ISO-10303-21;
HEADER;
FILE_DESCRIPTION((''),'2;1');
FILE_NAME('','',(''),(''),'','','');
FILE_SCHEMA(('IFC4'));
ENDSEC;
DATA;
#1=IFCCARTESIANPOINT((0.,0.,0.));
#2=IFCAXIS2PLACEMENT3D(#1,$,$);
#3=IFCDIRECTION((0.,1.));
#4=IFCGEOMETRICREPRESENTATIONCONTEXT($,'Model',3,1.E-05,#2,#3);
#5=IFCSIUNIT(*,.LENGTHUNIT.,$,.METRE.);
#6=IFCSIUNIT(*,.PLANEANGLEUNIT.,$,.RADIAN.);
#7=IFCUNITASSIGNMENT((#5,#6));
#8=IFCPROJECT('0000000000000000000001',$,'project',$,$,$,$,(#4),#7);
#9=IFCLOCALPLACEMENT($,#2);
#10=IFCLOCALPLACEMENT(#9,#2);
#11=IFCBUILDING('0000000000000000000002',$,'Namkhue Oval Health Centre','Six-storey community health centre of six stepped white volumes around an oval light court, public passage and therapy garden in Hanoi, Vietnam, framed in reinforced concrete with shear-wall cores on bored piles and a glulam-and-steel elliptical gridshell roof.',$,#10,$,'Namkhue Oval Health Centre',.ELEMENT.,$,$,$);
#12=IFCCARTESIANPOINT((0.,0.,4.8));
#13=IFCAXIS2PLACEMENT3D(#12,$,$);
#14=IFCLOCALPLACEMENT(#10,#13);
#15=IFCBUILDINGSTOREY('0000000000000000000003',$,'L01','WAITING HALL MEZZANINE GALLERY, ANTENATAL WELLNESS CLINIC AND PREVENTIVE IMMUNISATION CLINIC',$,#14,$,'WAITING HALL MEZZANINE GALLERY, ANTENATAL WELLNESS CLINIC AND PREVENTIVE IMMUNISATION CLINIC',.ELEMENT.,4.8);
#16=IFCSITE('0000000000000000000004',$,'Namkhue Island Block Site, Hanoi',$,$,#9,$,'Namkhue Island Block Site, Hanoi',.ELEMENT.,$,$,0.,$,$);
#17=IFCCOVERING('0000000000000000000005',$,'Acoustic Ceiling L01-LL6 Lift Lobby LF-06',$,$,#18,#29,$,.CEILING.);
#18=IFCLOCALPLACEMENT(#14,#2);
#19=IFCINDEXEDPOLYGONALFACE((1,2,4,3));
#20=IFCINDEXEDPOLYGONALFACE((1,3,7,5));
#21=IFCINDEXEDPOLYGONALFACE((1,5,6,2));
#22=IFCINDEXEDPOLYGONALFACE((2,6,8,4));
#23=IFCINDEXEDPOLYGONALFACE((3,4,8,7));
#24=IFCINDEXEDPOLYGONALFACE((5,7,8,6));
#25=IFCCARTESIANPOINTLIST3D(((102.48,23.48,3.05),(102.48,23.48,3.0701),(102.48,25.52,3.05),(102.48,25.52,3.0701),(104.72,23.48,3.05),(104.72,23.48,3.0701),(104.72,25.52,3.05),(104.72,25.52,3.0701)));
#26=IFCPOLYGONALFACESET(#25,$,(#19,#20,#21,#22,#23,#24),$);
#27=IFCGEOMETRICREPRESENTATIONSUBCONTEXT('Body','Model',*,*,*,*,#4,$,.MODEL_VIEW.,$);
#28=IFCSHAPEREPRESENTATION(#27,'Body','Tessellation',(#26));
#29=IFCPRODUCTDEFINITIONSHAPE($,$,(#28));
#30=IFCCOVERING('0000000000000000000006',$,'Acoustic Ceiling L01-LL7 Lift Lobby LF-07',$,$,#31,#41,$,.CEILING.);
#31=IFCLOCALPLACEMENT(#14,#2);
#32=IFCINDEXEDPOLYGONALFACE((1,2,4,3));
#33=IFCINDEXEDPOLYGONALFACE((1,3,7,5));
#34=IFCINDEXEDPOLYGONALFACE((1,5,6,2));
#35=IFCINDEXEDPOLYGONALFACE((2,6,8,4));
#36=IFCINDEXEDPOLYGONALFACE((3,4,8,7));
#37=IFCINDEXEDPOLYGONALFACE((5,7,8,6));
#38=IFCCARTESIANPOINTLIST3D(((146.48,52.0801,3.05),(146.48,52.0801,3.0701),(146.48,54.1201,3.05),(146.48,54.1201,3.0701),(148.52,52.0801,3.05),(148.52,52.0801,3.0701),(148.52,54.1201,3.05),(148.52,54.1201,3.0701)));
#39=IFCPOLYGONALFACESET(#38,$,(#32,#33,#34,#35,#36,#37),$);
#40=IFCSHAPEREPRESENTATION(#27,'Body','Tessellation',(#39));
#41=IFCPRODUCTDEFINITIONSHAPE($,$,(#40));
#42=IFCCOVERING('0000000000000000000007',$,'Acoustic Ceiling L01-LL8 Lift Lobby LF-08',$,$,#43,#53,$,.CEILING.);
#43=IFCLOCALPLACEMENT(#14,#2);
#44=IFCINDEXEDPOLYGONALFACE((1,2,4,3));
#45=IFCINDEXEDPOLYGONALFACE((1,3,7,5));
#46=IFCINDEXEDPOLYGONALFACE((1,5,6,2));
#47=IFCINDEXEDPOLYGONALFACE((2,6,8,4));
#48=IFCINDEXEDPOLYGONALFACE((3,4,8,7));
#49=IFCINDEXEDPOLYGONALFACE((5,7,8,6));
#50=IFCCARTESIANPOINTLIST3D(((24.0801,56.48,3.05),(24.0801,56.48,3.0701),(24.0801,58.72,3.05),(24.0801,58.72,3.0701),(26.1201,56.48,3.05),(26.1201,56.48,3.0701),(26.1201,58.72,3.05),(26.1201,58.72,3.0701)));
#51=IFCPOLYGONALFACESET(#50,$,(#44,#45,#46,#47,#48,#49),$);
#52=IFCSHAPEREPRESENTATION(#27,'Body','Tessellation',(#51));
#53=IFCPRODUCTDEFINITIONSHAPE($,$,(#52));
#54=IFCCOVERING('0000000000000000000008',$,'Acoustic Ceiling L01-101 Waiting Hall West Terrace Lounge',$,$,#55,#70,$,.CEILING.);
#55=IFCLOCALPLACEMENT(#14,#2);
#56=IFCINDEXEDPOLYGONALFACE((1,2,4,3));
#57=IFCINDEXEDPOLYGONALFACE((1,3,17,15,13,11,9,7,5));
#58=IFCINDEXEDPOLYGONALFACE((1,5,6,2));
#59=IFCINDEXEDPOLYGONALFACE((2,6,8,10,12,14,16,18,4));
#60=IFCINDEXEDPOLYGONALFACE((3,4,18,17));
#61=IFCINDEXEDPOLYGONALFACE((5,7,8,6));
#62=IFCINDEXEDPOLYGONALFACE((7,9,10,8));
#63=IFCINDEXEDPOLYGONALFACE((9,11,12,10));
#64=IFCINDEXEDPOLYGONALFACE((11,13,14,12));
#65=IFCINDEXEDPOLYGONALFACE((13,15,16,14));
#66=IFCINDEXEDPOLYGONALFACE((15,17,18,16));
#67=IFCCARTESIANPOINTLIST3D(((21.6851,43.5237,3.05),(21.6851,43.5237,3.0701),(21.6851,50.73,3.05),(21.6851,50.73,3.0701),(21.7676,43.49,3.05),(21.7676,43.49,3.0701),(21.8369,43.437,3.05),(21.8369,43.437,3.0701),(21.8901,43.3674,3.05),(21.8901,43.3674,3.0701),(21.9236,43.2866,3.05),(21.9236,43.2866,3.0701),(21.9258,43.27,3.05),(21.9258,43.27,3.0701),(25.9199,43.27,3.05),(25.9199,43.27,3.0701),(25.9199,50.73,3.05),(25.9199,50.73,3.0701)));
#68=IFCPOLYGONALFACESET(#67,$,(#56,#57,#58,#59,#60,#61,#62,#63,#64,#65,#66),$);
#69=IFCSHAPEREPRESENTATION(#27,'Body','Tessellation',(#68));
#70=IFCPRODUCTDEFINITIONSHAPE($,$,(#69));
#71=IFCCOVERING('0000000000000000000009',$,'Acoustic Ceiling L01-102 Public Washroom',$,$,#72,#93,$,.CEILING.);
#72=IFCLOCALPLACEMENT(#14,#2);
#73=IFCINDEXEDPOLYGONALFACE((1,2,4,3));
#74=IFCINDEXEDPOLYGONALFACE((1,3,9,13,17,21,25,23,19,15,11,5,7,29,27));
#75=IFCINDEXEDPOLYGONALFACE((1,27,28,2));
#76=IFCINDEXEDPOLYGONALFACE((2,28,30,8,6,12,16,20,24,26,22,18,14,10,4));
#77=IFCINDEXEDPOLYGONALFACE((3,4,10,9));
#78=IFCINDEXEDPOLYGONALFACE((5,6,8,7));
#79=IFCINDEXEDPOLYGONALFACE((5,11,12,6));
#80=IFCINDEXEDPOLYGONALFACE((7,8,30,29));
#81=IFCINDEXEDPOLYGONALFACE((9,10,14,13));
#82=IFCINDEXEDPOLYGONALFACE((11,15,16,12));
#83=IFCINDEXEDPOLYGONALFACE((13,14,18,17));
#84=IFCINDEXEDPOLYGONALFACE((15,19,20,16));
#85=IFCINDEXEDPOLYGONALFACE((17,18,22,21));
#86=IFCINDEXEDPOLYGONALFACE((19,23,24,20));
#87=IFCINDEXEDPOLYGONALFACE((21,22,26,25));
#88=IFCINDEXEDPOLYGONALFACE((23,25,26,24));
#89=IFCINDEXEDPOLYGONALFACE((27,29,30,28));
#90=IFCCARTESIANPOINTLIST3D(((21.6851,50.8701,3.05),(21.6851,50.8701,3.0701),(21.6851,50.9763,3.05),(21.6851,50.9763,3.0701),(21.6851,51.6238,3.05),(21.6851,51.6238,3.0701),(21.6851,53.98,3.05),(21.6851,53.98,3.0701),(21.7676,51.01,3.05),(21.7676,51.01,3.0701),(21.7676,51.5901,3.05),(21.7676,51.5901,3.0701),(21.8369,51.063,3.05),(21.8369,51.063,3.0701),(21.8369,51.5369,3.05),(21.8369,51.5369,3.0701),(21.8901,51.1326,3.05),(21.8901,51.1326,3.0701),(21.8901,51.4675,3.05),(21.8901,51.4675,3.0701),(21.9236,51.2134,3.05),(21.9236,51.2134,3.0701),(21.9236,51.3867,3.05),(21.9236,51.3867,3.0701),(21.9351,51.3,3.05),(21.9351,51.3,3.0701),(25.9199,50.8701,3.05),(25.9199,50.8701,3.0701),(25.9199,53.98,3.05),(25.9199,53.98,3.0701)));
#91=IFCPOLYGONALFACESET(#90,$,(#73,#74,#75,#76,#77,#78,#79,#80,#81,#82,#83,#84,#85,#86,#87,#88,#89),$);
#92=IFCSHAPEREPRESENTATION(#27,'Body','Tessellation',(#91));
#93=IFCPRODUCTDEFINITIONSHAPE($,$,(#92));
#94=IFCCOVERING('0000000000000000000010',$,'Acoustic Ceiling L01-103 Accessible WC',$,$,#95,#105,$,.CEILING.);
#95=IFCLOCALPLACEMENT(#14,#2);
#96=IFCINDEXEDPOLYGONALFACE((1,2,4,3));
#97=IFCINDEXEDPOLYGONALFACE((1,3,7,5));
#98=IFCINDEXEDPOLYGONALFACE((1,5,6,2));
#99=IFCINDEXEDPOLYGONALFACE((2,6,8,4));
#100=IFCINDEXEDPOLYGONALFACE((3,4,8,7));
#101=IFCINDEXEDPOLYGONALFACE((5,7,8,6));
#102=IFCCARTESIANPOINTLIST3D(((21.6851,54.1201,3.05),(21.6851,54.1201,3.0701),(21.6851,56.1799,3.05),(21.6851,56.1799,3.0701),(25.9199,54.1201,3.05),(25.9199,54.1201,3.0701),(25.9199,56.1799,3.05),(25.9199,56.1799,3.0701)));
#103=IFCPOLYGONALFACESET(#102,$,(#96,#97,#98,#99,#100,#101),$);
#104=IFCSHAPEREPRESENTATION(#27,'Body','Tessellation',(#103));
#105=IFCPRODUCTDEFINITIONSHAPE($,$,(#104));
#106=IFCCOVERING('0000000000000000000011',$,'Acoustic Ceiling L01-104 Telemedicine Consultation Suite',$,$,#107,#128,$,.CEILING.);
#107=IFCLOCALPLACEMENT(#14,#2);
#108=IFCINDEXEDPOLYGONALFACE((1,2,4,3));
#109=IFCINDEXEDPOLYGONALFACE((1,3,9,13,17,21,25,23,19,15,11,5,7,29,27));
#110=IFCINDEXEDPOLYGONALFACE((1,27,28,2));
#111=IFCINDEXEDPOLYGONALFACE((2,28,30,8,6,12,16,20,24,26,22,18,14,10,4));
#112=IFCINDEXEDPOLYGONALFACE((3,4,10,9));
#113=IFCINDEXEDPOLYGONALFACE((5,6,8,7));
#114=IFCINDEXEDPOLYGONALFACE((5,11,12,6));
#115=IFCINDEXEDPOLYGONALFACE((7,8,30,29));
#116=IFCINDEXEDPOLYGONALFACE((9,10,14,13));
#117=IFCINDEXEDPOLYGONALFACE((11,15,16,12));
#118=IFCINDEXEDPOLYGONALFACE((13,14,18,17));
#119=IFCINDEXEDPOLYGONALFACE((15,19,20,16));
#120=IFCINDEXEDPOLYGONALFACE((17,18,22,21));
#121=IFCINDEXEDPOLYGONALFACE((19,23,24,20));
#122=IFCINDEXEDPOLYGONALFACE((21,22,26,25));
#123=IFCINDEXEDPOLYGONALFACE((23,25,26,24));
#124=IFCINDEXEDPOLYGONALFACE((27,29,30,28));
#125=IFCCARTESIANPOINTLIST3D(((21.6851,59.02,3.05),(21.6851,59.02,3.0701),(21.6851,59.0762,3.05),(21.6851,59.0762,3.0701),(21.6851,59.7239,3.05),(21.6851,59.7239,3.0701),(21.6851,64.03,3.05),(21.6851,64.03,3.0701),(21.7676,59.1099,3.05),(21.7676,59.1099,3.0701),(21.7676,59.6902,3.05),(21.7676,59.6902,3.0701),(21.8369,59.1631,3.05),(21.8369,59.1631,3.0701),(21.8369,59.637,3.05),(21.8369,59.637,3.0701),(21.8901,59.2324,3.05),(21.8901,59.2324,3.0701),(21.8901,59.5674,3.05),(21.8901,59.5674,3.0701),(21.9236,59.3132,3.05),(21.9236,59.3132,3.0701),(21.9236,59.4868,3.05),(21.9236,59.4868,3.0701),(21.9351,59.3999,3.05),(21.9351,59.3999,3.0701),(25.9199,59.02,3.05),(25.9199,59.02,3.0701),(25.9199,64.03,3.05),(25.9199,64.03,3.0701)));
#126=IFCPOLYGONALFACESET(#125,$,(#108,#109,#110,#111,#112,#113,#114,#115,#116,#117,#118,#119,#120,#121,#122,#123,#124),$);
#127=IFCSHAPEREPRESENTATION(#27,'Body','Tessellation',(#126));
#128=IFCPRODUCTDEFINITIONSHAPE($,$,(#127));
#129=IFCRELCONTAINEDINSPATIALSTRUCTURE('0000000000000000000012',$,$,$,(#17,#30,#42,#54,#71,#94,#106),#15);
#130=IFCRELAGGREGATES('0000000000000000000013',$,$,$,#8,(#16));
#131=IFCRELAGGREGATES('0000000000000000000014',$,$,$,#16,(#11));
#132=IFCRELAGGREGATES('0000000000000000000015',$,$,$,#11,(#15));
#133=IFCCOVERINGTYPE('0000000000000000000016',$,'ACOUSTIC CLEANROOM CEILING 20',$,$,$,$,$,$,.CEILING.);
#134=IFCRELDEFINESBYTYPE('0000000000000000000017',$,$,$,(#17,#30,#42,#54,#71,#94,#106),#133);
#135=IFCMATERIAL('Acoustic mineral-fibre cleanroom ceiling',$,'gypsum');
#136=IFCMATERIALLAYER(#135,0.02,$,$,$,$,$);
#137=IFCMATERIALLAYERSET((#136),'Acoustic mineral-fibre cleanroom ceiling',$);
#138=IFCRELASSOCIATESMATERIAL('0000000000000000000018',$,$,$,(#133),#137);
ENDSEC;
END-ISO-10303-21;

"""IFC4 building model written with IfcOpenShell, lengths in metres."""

from ifc_helpers import new_model, si_unit, direction, frame, origin, place, context, subcontext, project, spatial, polyline, outline, extrude, material, layer, layer_set, type_object, element, save


model = new_model("IFC4")

# Units and contexts
model_context = context("Model", 3, precision=1e-05, world=origin(), true_north=direction((0.0, 1.0)))
body_context = subcontext(model_context, "Body", "Model", "MODEL_VIEW")
ifc_project = project(units=[si_unit("LENGTHUNIT", "METRE"), si_unit("PLANEANGLEUNIT", "RADIAN")], contexts=[model_context])

# Site, building, storey
site_placement = place(None, origin())
site = spatial("IfcSite", under=ifc_project, at=site_placement, Name="Namkhue Island Block Site, Hanoi", LongName="Namkhue Island Block Site, Hanoi", CompositionType="ELEMENT", RefElevation=0.0)
building_placement = place(site_placement, origin())
building = spatial("IfcBuilding", under=site, at=building_placement, Name="Namkhue Oval Health Centre", Description="Six-storey community health centre of six stepped white volumes around an oval light court, public passage and therapy garden in Hanoi, Vietnam, framed in reinforced concrete with shear-wall cores on bored piles and a glulam-and-steel elliptical gridshell roof.", LongName="Namkhue Oval Health Centre", CompositionType="ELEMENT")
storey_placement = place(building_placement, frame((0.0, 0.0, 4.8)))
storey = spatial("IfcBuildingStorey", under=building, at=storey_placement, Name="L01", Description="WAITING HALL MEZZANINE GALLERY, ANTENATAL WELLNESS CLINIC AND PREVENTIVE IMMUNISATION CLINIC", LongName="WAITING HALL MEZZANINE GALLERY, ANTENATAL WELLNESS CLINIC AND PREVENTIVE IMMUNISATION CLINIC", CompositionType="ELEMENT", Elevation=4.8)

# Coverings
ifc_material_1 = material(Name="Acoustic mineral-fibre cleanroom ceiling", Category="gypsum")
ifc_layer_1 = layer(ifc_material_1, 0.02)
ifc_layer_set_1 = layer_set([ifc_layer_1], Name="Acoustic mineral-fibre cleanroom ceiling")
covering_type = type_object("IfcCoveringType", Name="ACOUSTIC CLEANROOM CEILING 20", PredefinedType="CEILING", material=ifc_layer_set_1)
covering_1_placement = place(storey_placement, frame((0.0, 0.0, 3.05)))
element("IfcCovering", 1, at=covering_1_placement, inside=storey, type_object=covering_type, Name="Acoustic Ceiling L01-LL6 Lift Lobby LF-06", PredefinedType="CEILING", context=body_context, shape_type="SweptSolid", body=[
    extrude(outline(polyline([(102.48, 23.48), (102.48, 25.52), (104.72, 25.52), (104.72, 23.48), (102.48, 23.48)])), origin(), (0.0, 0.0, 1.0), 0.02),
])
covering_2_placement = place(storey_placement, frame((0.0, 0.0, 3.05)))
element("IfcCovering", 2, at=covering_2_placement, inside=storey, type_object=covering_type, Name="Acoustic Ceiling L01-LL7 Lift Lobby LF-07", PredefinedType="CEILING", context=body_context, shape_type="SweptSolid", body=[
    extrude(outline(polyline([(146.48, 52.0801), (146.48, 54.1201), (148.52, 54.1201), (148.52, 52.0801), (146.48, 52.0801)])), origin(), (0.0, 0.0, 1.0), 0.02),
])
covering_3_placement = place(storey_placement, frame((0.0, 0.0, 3.05)))
element("IfcCovering", 3, at=covering_3_placement, inside=storey, type_object=covering_type, Name="Acoustic Ceiling L01-LL8 Lift Lobby LF-08", PredefinedType="CEILING", context=body_context, shape_type="SweptSolid", body=[
    extrude(outline(polyline([(24.0801, 56.48), (24.0801, 58.72), (26.1201, 58.72), (26.1201, 56.48), (24.0801, 56.48)])), origin(), (0.0, 0.0, 1.0), 0.02),
])
covering_4_placement = place(storey_placement, frame((0.0, 0.0, 3.05)))
element("IfcCovering", 4, at=covering_4_placement, inside=storey, type_object=covering_type, Name="Acoustic Ceiling L01-101 Waiting Hall West Terrace Lounge", PredefinedType="CEILING", context=body_context, shape_type="SweptSolid", body=[
    extrude(outline(polyline([(21.9258, 43.27), (21.9236, 43.2866), (21.8901, 43.3674), (21.8369, 43.437), (21.7676, 43.49), (21.6851, 43.5237), (21.6851, 50.73), (25.9199, 50.73), (25.9199, 43.27), (21.9258, 43.27)])), origin(), (0.0, 0.0, 1.0), 0.02),
])
covering_5_placement = place(storey_placement, frame((0.0, 0.0, 3.05)))
element("IfcCovering", 5, at=covering_5_placement, inside=storey, type_object=covering_type, Name="Acoustic Ceiling L01-102 Public Washroom", PredefinedType="CEILING", context=body_context, shape_type="SweptSolid", body=[
    extrude(outline(polyline([(21.6851, 50.8701), (21.6851, 50.9763), (21.7676, 51.01), (21.8369, 51.063), (21.8901, 51.1326), (21.9236, 51.2134), (21.9351, 51.3), (21.9236, 51.3867), (21.8901, 51.4675), (21.8369, 51.5369), (21.7676, 51.5901), (21.6851, 51.6238), (21.6851, 53.98), (25.9199, 53.98), (25.9199, 50.8701), (21.6851, 50.8701)])), origin(), (0.0, 0.0, 1.0), 0.02),
])
covering_6_placement = place(storey_placement, frame((0.0, 0.0, 3.05)))
element("IfcCovering", 6, at=covering_6_placement, inside=storey, type_object=covering_type, Name="Acoustic Ceiling L01-103 Accessible WC", PredefinedType="CEILING", context=body_context, shape_type="SweptSolid", body=[
    extrude(outline(polyline([(21.6851, 54.1201), (21.6851, 56.1799), (25.9199, 56.1799), (25.9199, 54.1201), (21.6851, 54.1201)])), origin(), (0.0, 0.0, 1.0), 0.02),
])
covering_7_placement = place(storey_placement, frame((0.0, 0.0, 3.05)))
element("IfcCovering", 7, at=covering_7_placement, inside=storey, type_object=covering_type, Name="Acoustic Ceiling L01-104 Telemedicine Consultation Suite", PredefinedType="CEILING", context=body_context, shape_type="SweptSolid", body=[
    extrude(outline(polyline([(21.6851, 59.02), (21.6851, 59.0762), (21.7676, 59.1099), (21.8369, 59.1631), (21.8901, 59.2324), (21.9236, 59.3132), (21.9351, 59.3999), (21.9236, 59.4868), (21.8901, 59.5674), (21.8369, 59.637), (21.7676, 59.6902), (21.6851, 59.7239), (21.6851, 64.03), (25.9199, 64.03), (25.9199, 59.02), (21.6851, 59.02)])), origin(), (0.0, 0.0, 1.0), 0.02),
])

save(model, "model.ifc")
